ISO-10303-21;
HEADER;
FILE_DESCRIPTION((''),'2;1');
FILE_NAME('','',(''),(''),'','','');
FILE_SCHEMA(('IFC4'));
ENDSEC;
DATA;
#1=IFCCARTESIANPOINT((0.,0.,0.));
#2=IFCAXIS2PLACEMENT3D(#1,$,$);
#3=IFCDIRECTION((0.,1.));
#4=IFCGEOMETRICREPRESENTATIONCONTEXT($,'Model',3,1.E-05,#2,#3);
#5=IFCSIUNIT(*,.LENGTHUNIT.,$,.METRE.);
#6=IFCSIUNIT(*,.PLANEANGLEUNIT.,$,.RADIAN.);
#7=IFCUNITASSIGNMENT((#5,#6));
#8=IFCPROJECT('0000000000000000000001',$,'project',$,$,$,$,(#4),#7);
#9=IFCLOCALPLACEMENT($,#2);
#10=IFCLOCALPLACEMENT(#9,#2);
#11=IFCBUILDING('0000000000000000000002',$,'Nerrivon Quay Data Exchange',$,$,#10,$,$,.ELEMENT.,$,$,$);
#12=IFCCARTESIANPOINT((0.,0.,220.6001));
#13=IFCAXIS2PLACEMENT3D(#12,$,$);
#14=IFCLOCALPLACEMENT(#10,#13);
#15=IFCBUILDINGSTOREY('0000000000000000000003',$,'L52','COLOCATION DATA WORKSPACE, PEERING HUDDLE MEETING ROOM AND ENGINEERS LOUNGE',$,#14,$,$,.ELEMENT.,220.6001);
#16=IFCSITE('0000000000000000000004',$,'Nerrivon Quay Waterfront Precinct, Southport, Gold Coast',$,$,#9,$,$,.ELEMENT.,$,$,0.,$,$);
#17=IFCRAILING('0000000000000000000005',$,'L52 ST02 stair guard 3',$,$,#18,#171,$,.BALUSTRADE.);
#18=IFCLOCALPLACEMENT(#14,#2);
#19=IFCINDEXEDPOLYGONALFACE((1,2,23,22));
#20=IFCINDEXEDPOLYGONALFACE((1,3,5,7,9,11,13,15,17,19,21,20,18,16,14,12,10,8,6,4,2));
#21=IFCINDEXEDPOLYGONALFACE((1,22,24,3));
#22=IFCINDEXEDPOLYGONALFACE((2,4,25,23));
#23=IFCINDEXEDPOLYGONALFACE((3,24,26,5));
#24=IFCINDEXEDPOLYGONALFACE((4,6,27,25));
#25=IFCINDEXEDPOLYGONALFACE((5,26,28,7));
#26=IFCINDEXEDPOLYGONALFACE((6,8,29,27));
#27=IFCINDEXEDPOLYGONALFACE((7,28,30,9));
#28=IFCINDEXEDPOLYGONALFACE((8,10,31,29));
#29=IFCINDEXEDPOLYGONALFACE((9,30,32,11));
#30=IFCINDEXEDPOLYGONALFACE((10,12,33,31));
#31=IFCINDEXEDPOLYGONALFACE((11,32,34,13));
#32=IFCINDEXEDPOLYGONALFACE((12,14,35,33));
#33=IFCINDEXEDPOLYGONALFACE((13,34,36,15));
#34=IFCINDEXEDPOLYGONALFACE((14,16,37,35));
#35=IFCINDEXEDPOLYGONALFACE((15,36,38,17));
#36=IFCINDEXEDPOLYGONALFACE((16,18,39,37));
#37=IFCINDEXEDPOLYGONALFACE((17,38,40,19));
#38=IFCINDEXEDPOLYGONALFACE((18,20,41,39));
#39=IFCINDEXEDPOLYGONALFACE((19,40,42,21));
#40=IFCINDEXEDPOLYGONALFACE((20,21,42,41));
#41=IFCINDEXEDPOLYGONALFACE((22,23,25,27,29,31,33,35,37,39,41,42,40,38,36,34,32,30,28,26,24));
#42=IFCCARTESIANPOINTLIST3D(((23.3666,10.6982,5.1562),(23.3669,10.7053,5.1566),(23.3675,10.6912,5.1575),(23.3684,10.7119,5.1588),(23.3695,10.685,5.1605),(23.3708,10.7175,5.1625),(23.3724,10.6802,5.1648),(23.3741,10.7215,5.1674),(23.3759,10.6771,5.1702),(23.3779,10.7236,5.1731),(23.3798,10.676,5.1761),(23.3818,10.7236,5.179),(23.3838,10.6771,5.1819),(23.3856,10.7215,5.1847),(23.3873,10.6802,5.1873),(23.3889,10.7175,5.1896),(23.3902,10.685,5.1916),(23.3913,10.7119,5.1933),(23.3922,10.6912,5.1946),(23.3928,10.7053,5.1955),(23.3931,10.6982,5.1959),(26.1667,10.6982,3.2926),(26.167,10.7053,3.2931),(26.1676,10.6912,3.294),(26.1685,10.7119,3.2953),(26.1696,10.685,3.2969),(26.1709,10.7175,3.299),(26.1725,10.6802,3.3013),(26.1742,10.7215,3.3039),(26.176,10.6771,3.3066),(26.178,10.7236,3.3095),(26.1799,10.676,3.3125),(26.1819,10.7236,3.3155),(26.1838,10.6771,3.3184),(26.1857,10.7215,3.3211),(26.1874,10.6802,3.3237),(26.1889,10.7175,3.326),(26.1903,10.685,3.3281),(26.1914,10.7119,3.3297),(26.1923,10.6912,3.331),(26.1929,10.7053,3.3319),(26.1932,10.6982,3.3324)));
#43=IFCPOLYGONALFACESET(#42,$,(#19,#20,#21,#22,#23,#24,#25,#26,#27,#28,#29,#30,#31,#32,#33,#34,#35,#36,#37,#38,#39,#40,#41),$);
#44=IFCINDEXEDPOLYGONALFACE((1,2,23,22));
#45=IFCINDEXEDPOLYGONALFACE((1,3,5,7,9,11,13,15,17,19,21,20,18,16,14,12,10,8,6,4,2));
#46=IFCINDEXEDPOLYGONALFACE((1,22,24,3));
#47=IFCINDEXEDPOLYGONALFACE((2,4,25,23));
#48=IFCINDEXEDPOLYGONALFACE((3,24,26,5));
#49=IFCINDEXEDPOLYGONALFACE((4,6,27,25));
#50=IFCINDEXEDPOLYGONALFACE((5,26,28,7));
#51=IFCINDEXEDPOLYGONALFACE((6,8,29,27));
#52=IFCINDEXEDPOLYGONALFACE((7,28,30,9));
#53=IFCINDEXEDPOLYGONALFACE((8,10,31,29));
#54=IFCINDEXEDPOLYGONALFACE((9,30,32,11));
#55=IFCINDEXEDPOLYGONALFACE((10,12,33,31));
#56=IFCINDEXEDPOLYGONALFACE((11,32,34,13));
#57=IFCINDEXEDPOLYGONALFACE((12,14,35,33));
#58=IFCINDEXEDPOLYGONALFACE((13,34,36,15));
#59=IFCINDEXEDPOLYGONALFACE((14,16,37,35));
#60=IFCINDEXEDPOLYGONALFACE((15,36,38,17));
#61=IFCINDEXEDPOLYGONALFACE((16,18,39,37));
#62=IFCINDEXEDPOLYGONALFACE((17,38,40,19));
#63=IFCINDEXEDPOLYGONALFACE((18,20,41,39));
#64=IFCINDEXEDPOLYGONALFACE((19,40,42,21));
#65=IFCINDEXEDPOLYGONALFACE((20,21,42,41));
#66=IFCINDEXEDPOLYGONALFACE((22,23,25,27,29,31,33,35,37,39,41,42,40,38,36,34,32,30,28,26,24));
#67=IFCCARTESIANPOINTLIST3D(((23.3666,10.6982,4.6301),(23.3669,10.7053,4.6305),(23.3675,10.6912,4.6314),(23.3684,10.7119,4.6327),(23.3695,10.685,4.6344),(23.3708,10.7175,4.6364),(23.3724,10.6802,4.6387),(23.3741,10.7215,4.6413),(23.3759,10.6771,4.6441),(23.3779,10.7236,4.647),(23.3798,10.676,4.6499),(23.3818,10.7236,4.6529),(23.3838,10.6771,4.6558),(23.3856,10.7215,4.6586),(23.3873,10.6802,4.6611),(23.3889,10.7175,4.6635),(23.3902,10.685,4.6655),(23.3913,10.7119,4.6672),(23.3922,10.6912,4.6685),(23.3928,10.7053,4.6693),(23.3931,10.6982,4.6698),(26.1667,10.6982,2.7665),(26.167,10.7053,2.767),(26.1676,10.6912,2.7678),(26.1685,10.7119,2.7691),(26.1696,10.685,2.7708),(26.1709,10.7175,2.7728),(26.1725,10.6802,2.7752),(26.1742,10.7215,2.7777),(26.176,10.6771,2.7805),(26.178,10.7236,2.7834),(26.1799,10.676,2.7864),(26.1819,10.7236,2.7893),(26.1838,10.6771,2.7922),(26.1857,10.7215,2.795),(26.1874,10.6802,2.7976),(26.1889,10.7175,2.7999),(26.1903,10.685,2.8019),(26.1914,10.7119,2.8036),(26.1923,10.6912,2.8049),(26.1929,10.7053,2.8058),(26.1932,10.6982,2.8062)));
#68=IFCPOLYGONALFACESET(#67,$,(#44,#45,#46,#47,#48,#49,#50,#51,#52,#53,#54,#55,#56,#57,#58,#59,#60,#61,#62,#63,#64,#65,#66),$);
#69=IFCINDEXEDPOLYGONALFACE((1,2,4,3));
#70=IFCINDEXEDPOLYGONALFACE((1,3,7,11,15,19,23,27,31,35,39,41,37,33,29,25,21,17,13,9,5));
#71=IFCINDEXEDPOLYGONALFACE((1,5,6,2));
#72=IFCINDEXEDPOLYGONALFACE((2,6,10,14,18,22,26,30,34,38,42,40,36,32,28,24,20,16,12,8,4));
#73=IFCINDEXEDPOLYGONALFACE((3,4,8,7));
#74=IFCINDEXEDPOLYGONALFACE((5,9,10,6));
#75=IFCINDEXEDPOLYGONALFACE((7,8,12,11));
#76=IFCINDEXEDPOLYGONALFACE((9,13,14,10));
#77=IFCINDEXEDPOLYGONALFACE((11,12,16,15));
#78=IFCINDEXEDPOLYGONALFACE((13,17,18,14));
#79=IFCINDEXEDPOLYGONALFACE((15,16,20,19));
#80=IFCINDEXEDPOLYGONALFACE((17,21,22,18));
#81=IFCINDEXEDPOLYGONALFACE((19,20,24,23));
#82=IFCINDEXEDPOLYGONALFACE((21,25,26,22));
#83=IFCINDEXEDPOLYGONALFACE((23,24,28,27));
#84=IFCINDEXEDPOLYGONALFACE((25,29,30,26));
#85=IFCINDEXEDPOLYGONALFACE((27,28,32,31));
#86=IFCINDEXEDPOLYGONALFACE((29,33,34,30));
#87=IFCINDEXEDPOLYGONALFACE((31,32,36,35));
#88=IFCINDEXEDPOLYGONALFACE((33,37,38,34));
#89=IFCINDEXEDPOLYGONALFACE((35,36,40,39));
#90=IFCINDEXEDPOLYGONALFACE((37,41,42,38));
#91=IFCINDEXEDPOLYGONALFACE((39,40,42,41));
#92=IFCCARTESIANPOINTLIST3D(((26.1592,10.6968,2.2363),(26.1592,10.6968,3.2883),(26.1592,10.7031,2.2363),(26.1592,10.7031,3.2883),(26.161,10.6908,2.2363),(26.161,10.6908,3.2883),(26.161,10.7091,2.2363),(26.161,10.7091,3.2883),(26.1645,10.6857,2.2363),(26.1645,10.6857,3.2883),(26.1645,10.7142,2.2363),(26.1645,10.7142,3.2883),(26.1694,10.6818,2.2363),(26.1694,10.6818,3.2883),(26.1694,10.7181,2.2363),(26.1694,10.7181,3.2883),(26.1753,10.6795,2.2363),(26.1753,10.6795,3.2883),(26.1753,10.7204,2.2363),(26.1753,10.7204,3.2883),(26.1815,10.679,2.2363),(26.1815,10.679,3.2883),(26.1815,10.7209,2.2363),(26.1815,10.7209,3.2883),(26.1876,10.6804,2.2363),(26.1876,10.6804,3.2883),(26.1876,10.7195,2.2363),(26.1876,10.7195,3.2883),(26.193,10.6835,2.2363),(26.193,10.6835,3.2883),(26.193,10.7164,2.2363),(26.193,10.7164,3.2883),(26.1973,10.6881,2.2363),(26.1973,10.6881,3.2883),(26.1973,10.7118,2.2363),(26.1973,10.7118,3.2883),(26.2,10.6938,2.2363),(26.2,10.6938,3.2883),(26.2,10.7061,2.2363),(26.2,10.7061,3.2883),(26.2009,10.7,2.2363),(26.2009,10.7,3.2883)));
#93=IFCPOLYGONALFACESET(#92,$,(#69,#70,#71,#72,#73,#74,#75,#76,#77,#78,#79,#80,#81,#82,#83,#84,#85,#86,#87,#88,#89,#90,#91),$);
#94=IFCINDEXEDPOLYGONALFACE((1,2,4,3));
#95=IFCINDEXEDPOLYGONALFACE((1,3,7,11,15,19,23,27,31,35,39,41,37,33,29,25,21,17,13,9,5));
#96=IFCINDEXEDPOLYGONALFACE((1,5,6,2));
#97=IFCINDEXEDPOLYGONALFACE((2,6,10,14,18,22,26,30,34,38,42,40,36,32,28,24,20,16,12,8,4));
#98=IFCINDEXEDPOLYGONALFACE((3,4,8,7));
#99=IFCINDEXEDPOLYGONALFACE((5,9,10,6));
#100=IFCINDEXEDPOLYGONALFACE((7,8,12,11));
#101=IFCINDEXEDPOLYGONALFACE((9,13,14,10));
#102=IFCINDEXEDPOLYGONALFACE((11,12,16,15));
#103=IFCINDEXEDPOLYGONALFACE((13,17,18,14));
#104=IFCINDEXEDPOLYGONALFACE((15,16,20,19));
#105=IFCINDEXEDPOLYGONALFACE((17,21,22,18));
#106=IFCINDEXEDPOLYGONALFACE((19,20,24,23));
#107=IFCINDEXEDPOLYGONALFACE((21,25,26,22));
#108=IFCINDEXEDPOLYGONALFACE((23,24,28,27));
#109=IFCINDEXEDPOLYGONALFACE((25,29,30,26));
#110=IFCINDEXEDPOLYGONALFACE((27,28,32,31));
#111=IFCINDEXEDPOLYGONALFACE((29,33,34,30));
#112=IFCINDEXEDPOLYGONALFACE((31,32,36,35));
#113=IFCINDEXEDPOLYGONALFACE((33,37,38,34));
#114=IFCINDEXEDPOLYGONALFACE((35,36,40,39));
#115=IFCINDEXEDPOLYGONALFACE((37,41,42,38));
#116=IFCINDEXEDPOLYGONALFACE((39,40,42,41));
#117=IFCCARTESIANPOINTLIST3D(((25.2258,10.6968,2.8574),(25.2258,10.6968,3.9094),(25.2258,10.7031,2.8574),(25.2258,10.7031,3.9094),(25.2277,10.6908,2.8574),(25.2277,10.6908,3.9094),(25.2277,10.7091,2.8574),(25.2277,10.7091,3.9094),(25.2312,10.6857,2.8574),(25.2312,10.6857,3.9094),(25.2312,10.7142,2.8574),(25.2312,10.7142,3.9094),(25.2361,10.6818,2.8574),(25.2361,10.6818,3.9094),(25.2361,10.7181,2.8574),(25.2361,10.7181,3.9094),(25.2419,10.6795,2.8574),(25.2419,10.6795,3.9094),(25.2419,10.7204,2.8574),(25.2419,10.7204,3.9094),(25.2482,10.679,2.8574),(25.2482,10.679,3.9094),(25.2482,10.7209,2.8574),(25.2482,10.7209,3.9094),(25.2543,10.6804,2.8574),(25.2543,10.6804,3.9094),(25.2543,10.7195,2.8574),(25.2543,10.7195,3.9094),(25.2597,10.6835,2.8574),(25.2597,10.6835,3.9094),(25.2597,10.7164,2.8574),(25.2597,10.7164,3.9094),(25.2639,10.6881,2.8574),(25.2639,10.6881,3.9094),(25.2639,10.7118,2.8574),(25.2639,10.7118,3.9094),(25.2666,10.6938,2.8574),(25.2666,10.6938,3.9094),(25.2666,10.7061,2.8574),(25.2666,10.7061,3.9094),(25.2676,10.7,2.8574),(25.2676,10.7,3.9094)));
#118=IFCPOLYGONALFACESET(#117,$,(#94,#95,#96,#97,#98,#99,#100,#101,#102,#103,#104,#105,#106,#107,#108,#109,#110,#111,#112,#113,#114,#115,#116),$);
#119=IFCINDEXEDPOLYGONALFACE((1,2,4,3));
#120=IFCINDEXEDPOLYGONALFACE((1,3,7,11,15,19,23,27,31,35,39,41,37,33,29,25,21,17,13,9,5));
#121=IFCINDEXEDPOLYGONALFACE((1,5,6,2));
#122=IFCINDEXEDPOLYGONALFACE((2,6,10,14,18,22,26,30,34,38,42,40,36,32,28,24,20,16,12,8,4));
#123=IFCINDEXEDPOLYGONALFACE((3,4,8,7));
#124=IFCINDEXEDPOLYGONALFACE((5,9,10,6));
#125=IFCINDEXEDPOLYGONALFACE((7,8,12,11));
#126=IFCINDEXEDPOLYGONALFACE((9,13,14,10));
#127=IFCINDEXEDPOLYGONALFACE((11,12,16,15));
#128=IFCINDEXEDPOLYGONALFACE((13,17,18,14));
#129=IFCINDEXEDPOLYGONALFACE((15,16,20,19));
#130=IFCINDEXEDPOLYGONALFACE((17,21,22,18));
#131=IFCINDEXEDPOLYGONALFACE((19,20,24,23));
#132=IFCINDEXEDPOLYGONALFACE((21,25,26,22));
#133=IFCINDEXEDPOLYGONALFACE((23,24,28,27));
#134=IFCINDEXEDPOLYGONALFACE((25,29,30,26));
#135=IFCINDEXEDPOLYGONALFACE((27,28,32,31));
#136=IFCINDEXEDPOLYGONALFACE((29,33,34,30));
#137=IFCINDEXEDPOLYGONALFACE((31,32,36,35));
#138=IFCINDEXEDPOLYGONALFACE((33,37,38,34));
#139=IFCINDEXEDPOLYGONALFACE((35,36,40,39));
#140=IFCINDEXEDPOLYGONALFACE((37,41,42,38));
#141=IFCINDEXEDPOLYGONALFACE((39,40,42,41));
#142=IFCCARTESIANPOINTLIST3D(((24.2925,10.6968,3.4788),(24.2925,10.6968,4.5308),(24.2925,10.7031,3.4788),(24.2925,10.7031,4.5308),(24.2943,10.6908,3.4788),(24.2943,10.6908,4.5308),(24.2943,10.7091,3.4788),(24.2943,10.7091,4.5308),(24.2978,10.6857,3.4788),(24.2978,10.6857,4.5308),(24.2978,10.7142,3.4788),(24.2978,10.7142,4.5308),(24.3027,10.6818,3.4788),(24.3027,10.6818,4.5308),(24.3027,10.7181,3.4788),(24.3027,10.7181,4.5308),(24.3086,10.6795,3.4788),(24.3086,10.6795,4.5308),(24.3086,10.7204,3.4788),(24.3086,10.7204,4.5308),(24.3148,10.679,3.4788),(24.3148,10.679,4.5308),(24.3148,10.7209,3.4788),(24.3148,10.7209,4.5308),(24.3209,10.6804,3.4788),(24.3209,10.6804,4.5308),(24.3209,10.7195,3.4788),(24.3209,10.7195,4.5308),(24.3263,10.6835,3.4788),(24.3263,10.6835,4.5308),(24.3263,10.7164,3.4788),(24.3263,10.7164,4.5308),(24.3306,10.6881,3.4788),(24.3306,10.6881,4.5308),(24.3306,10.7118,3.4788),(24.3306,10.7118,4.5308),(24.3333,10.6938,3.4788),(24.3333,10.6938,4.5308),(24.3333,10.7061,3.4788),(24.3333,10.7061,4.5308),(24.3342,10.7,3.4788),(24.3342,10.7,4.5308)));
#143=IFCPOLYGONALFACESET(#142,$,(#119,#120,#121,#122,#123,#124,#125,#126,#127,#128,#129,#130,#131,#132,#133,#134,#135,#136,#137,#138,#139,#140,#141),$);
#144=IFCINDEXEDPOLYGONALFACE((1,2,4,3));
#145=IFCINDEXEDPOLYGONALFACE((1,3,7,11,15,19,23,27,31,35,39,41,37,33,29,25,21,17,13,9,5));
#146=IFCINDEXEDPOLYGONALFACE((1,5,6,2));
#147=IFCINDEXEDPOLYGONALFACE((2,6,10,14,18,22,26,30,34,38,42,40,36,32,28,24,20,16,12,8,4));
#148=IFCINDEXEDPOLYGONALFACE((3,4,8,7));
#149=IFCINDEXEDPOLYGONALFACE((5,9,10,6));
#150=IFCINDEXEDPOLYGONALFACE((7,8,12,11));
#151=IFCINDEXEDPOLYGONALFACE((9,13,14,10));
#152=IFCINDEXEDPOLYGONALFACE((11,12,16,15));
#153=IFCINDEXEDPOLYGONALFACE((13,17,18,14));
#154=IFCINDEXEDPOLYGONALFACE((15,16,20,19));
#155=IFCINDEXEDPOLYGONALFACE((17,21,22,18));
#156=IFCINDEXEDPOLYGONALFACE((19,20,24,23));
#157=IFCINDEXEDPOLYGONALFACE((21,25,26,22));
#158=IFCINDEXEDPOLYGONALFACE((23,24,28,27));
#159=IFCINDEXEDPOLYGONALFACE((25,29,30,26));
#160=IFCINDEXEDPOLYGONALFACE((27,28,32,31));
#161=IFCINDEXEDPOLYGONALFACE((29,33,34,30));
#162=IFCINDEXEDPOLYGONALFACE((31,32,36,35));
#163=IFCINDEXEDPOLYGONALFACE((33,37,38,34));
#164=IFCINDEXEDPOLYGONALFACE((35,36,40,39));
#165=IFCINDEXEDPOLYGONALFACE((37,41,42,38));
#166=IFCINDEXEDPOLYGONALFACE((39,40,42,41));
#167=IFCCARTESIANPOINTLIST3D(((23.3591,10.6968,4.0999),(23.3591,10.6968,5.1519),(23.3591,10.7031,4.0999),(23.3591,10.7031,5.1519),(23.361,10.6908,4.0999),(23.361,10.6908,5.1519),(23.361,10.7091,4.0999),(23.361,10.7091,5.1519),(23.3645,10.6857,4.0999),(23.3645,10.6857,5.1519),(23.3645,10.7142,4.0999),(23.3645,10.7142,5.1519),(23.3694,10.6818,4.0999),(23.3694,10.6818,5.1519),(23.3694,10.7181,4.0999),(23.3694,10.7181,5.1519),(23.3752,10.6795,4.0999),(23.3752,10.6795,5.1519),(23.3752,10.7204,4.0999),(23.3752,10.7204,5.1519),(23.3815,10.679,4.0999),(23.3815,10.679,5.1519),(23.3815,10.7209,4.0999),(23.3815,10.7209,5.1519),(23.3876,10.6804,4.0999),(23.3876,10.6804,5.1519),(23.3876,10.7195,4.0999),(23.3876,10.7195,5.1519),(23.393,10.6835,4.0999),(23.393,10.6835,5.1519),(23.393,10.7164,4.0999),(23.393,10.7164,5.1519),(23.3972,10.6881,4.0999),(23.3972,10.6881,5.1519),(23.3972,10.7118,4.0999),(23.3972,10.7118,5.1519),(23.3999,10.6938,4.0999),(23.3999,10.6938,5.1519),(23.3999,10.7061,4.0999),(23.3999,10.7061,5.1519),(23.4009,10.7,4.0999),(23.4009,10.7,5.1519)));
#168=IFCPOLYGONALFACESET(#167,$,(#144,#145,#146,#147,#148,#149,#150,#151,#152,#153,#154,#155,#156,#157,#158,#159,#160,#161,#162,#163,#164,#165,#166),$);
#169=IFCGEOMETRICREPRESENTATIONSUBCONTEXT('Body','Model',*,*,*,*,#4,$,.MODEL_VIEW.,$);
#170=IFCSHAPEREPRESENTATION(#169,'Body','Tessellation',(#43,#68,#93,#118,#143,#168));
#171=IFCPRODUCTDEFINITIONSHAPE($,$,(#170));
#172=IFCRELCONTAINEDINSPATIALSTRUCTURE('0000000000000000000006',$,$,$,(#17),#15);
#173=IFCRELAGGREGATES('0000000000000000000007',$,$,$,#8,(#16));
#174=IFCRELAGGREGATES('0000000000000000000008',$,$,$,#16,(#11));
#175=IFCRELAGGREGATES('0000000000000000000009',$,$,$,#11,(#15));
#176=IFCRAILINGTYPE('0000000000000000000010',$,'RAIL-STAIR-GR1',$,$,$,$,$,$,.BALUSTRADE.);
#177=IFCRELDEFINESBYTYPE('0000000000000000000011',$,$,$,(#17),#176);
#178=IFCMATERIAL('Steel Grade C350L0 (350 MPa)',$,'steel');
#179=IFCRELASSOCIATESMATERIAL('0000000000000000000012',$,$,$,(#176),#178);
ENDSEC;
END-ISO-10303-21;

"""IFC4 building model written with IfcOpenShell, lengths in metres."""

from ifc_helpers import new_model, si_unit, direction, frame, origin, origin_2d, place, context, subcontext, project, spatial, circle, extrude, material, type_object, element, save


model = new_model("IFC4")

# Units and contexts
model_context = context("Model", 3, precision=1e-05, world=origin(), true_north=direction((0.0, 1.0)))
body_context = subcontext(model_context, "Body", "Model", "MODEL_VIEW")
ifc_project = project(units=[si_unit("LENGTHUNIT", "METRE"), si_unit("PLANEANGLEUNIT", "RADIAN")], contexts=[model_context])

# Site, building, storey
site_placement = place(None, origin())
site = spatial("IfcSite", under=ifc_project, at=site_placement, Name="Nerrivon Quay Waterfront Precinct, Southport, Gold Coast", CompositionType="ELEMENT", RefElevation=0.0)
building_placement = place(site_placement, origin())
building = spatial("IfcBuilding", under=site, at=building_placement, Name="Nerrivon Quay Data Exchange", CompositionType="ELEMENT")
storey_placement = place(building_placement, frame((0.0, 0.0, 220.6001)))
storey = spatial("IfcBuildingStorey", under=building, at=storey_placement, Name="L52", Description="COLOCATION DATA WORKSPACE, PEERING HUDDLE MEETING ROOM AND ENGINEERS LOUNGE", CompositionType="ELEMENT", Elevation=220.6001)

# Railing
ifc_material_1 = material(Name="Steel Grade C350L0 (350 MPa)", Category="steel")
railing_type_1 = type_object("IfcRailingType", Name="RAIL-STAIR-GR1", PredefinedType="BALUSTRADE", material=ifc_material_1)
railing_1_placement = place(storey_placement, frame((26.1799, 10.7, 2.2363)))
element("IfcRailing", 1, at=railing_1_placement, inside=storey, type_object=railing_type_1, Name="L52 ST02 stair guard 3", PredefinedType="BALUSTRADE", context=body_context, shape_type="SweptSolid", body=[
    extrude(circle(Radius=0.0239, at=origin_2d()), frame((0.0, 0.0, 1.0762), z_axis=(-0.832486, 0.0, 0.554047), x_axis=(0.0, -1.0, 0.0)), (0.0, 0.0, 1.0), 3.3635),
    extrude(circle(Radius=0.0239, at=origin_2d()), frame((0.0, 0.0, 0.55), z_axis=(-0.832486, 0.0, 0.554047), x_axis=(0.0, -1.0, 0.0)), (0.0, 0.0, 1.0), 3.3635),
    extrude(circle(Radius=0.021, at=origin_2d()), origin(), (0.0, 0.0, 1.0), 1.052),
    extrude(circle(Radius=0.021, at=origin_2d()), frame((-0.9333, 0.0, 0.6211)), (0.0, 0.0, 1.0), 1.052),
    extrude(circle(Radius=0.021, at=origin_2d()), frame((-1.8667, 0.0, 1.2424)), (0.0, 0.0, 1.0), 1.052),
    extrude(circle(Radius=0.021, at=origin_2d()), frame((-2.8, 0.0, 1.8635)), (0.0, 0.0, 1.0), 1.052),
])

save(model, "model.ifc")
